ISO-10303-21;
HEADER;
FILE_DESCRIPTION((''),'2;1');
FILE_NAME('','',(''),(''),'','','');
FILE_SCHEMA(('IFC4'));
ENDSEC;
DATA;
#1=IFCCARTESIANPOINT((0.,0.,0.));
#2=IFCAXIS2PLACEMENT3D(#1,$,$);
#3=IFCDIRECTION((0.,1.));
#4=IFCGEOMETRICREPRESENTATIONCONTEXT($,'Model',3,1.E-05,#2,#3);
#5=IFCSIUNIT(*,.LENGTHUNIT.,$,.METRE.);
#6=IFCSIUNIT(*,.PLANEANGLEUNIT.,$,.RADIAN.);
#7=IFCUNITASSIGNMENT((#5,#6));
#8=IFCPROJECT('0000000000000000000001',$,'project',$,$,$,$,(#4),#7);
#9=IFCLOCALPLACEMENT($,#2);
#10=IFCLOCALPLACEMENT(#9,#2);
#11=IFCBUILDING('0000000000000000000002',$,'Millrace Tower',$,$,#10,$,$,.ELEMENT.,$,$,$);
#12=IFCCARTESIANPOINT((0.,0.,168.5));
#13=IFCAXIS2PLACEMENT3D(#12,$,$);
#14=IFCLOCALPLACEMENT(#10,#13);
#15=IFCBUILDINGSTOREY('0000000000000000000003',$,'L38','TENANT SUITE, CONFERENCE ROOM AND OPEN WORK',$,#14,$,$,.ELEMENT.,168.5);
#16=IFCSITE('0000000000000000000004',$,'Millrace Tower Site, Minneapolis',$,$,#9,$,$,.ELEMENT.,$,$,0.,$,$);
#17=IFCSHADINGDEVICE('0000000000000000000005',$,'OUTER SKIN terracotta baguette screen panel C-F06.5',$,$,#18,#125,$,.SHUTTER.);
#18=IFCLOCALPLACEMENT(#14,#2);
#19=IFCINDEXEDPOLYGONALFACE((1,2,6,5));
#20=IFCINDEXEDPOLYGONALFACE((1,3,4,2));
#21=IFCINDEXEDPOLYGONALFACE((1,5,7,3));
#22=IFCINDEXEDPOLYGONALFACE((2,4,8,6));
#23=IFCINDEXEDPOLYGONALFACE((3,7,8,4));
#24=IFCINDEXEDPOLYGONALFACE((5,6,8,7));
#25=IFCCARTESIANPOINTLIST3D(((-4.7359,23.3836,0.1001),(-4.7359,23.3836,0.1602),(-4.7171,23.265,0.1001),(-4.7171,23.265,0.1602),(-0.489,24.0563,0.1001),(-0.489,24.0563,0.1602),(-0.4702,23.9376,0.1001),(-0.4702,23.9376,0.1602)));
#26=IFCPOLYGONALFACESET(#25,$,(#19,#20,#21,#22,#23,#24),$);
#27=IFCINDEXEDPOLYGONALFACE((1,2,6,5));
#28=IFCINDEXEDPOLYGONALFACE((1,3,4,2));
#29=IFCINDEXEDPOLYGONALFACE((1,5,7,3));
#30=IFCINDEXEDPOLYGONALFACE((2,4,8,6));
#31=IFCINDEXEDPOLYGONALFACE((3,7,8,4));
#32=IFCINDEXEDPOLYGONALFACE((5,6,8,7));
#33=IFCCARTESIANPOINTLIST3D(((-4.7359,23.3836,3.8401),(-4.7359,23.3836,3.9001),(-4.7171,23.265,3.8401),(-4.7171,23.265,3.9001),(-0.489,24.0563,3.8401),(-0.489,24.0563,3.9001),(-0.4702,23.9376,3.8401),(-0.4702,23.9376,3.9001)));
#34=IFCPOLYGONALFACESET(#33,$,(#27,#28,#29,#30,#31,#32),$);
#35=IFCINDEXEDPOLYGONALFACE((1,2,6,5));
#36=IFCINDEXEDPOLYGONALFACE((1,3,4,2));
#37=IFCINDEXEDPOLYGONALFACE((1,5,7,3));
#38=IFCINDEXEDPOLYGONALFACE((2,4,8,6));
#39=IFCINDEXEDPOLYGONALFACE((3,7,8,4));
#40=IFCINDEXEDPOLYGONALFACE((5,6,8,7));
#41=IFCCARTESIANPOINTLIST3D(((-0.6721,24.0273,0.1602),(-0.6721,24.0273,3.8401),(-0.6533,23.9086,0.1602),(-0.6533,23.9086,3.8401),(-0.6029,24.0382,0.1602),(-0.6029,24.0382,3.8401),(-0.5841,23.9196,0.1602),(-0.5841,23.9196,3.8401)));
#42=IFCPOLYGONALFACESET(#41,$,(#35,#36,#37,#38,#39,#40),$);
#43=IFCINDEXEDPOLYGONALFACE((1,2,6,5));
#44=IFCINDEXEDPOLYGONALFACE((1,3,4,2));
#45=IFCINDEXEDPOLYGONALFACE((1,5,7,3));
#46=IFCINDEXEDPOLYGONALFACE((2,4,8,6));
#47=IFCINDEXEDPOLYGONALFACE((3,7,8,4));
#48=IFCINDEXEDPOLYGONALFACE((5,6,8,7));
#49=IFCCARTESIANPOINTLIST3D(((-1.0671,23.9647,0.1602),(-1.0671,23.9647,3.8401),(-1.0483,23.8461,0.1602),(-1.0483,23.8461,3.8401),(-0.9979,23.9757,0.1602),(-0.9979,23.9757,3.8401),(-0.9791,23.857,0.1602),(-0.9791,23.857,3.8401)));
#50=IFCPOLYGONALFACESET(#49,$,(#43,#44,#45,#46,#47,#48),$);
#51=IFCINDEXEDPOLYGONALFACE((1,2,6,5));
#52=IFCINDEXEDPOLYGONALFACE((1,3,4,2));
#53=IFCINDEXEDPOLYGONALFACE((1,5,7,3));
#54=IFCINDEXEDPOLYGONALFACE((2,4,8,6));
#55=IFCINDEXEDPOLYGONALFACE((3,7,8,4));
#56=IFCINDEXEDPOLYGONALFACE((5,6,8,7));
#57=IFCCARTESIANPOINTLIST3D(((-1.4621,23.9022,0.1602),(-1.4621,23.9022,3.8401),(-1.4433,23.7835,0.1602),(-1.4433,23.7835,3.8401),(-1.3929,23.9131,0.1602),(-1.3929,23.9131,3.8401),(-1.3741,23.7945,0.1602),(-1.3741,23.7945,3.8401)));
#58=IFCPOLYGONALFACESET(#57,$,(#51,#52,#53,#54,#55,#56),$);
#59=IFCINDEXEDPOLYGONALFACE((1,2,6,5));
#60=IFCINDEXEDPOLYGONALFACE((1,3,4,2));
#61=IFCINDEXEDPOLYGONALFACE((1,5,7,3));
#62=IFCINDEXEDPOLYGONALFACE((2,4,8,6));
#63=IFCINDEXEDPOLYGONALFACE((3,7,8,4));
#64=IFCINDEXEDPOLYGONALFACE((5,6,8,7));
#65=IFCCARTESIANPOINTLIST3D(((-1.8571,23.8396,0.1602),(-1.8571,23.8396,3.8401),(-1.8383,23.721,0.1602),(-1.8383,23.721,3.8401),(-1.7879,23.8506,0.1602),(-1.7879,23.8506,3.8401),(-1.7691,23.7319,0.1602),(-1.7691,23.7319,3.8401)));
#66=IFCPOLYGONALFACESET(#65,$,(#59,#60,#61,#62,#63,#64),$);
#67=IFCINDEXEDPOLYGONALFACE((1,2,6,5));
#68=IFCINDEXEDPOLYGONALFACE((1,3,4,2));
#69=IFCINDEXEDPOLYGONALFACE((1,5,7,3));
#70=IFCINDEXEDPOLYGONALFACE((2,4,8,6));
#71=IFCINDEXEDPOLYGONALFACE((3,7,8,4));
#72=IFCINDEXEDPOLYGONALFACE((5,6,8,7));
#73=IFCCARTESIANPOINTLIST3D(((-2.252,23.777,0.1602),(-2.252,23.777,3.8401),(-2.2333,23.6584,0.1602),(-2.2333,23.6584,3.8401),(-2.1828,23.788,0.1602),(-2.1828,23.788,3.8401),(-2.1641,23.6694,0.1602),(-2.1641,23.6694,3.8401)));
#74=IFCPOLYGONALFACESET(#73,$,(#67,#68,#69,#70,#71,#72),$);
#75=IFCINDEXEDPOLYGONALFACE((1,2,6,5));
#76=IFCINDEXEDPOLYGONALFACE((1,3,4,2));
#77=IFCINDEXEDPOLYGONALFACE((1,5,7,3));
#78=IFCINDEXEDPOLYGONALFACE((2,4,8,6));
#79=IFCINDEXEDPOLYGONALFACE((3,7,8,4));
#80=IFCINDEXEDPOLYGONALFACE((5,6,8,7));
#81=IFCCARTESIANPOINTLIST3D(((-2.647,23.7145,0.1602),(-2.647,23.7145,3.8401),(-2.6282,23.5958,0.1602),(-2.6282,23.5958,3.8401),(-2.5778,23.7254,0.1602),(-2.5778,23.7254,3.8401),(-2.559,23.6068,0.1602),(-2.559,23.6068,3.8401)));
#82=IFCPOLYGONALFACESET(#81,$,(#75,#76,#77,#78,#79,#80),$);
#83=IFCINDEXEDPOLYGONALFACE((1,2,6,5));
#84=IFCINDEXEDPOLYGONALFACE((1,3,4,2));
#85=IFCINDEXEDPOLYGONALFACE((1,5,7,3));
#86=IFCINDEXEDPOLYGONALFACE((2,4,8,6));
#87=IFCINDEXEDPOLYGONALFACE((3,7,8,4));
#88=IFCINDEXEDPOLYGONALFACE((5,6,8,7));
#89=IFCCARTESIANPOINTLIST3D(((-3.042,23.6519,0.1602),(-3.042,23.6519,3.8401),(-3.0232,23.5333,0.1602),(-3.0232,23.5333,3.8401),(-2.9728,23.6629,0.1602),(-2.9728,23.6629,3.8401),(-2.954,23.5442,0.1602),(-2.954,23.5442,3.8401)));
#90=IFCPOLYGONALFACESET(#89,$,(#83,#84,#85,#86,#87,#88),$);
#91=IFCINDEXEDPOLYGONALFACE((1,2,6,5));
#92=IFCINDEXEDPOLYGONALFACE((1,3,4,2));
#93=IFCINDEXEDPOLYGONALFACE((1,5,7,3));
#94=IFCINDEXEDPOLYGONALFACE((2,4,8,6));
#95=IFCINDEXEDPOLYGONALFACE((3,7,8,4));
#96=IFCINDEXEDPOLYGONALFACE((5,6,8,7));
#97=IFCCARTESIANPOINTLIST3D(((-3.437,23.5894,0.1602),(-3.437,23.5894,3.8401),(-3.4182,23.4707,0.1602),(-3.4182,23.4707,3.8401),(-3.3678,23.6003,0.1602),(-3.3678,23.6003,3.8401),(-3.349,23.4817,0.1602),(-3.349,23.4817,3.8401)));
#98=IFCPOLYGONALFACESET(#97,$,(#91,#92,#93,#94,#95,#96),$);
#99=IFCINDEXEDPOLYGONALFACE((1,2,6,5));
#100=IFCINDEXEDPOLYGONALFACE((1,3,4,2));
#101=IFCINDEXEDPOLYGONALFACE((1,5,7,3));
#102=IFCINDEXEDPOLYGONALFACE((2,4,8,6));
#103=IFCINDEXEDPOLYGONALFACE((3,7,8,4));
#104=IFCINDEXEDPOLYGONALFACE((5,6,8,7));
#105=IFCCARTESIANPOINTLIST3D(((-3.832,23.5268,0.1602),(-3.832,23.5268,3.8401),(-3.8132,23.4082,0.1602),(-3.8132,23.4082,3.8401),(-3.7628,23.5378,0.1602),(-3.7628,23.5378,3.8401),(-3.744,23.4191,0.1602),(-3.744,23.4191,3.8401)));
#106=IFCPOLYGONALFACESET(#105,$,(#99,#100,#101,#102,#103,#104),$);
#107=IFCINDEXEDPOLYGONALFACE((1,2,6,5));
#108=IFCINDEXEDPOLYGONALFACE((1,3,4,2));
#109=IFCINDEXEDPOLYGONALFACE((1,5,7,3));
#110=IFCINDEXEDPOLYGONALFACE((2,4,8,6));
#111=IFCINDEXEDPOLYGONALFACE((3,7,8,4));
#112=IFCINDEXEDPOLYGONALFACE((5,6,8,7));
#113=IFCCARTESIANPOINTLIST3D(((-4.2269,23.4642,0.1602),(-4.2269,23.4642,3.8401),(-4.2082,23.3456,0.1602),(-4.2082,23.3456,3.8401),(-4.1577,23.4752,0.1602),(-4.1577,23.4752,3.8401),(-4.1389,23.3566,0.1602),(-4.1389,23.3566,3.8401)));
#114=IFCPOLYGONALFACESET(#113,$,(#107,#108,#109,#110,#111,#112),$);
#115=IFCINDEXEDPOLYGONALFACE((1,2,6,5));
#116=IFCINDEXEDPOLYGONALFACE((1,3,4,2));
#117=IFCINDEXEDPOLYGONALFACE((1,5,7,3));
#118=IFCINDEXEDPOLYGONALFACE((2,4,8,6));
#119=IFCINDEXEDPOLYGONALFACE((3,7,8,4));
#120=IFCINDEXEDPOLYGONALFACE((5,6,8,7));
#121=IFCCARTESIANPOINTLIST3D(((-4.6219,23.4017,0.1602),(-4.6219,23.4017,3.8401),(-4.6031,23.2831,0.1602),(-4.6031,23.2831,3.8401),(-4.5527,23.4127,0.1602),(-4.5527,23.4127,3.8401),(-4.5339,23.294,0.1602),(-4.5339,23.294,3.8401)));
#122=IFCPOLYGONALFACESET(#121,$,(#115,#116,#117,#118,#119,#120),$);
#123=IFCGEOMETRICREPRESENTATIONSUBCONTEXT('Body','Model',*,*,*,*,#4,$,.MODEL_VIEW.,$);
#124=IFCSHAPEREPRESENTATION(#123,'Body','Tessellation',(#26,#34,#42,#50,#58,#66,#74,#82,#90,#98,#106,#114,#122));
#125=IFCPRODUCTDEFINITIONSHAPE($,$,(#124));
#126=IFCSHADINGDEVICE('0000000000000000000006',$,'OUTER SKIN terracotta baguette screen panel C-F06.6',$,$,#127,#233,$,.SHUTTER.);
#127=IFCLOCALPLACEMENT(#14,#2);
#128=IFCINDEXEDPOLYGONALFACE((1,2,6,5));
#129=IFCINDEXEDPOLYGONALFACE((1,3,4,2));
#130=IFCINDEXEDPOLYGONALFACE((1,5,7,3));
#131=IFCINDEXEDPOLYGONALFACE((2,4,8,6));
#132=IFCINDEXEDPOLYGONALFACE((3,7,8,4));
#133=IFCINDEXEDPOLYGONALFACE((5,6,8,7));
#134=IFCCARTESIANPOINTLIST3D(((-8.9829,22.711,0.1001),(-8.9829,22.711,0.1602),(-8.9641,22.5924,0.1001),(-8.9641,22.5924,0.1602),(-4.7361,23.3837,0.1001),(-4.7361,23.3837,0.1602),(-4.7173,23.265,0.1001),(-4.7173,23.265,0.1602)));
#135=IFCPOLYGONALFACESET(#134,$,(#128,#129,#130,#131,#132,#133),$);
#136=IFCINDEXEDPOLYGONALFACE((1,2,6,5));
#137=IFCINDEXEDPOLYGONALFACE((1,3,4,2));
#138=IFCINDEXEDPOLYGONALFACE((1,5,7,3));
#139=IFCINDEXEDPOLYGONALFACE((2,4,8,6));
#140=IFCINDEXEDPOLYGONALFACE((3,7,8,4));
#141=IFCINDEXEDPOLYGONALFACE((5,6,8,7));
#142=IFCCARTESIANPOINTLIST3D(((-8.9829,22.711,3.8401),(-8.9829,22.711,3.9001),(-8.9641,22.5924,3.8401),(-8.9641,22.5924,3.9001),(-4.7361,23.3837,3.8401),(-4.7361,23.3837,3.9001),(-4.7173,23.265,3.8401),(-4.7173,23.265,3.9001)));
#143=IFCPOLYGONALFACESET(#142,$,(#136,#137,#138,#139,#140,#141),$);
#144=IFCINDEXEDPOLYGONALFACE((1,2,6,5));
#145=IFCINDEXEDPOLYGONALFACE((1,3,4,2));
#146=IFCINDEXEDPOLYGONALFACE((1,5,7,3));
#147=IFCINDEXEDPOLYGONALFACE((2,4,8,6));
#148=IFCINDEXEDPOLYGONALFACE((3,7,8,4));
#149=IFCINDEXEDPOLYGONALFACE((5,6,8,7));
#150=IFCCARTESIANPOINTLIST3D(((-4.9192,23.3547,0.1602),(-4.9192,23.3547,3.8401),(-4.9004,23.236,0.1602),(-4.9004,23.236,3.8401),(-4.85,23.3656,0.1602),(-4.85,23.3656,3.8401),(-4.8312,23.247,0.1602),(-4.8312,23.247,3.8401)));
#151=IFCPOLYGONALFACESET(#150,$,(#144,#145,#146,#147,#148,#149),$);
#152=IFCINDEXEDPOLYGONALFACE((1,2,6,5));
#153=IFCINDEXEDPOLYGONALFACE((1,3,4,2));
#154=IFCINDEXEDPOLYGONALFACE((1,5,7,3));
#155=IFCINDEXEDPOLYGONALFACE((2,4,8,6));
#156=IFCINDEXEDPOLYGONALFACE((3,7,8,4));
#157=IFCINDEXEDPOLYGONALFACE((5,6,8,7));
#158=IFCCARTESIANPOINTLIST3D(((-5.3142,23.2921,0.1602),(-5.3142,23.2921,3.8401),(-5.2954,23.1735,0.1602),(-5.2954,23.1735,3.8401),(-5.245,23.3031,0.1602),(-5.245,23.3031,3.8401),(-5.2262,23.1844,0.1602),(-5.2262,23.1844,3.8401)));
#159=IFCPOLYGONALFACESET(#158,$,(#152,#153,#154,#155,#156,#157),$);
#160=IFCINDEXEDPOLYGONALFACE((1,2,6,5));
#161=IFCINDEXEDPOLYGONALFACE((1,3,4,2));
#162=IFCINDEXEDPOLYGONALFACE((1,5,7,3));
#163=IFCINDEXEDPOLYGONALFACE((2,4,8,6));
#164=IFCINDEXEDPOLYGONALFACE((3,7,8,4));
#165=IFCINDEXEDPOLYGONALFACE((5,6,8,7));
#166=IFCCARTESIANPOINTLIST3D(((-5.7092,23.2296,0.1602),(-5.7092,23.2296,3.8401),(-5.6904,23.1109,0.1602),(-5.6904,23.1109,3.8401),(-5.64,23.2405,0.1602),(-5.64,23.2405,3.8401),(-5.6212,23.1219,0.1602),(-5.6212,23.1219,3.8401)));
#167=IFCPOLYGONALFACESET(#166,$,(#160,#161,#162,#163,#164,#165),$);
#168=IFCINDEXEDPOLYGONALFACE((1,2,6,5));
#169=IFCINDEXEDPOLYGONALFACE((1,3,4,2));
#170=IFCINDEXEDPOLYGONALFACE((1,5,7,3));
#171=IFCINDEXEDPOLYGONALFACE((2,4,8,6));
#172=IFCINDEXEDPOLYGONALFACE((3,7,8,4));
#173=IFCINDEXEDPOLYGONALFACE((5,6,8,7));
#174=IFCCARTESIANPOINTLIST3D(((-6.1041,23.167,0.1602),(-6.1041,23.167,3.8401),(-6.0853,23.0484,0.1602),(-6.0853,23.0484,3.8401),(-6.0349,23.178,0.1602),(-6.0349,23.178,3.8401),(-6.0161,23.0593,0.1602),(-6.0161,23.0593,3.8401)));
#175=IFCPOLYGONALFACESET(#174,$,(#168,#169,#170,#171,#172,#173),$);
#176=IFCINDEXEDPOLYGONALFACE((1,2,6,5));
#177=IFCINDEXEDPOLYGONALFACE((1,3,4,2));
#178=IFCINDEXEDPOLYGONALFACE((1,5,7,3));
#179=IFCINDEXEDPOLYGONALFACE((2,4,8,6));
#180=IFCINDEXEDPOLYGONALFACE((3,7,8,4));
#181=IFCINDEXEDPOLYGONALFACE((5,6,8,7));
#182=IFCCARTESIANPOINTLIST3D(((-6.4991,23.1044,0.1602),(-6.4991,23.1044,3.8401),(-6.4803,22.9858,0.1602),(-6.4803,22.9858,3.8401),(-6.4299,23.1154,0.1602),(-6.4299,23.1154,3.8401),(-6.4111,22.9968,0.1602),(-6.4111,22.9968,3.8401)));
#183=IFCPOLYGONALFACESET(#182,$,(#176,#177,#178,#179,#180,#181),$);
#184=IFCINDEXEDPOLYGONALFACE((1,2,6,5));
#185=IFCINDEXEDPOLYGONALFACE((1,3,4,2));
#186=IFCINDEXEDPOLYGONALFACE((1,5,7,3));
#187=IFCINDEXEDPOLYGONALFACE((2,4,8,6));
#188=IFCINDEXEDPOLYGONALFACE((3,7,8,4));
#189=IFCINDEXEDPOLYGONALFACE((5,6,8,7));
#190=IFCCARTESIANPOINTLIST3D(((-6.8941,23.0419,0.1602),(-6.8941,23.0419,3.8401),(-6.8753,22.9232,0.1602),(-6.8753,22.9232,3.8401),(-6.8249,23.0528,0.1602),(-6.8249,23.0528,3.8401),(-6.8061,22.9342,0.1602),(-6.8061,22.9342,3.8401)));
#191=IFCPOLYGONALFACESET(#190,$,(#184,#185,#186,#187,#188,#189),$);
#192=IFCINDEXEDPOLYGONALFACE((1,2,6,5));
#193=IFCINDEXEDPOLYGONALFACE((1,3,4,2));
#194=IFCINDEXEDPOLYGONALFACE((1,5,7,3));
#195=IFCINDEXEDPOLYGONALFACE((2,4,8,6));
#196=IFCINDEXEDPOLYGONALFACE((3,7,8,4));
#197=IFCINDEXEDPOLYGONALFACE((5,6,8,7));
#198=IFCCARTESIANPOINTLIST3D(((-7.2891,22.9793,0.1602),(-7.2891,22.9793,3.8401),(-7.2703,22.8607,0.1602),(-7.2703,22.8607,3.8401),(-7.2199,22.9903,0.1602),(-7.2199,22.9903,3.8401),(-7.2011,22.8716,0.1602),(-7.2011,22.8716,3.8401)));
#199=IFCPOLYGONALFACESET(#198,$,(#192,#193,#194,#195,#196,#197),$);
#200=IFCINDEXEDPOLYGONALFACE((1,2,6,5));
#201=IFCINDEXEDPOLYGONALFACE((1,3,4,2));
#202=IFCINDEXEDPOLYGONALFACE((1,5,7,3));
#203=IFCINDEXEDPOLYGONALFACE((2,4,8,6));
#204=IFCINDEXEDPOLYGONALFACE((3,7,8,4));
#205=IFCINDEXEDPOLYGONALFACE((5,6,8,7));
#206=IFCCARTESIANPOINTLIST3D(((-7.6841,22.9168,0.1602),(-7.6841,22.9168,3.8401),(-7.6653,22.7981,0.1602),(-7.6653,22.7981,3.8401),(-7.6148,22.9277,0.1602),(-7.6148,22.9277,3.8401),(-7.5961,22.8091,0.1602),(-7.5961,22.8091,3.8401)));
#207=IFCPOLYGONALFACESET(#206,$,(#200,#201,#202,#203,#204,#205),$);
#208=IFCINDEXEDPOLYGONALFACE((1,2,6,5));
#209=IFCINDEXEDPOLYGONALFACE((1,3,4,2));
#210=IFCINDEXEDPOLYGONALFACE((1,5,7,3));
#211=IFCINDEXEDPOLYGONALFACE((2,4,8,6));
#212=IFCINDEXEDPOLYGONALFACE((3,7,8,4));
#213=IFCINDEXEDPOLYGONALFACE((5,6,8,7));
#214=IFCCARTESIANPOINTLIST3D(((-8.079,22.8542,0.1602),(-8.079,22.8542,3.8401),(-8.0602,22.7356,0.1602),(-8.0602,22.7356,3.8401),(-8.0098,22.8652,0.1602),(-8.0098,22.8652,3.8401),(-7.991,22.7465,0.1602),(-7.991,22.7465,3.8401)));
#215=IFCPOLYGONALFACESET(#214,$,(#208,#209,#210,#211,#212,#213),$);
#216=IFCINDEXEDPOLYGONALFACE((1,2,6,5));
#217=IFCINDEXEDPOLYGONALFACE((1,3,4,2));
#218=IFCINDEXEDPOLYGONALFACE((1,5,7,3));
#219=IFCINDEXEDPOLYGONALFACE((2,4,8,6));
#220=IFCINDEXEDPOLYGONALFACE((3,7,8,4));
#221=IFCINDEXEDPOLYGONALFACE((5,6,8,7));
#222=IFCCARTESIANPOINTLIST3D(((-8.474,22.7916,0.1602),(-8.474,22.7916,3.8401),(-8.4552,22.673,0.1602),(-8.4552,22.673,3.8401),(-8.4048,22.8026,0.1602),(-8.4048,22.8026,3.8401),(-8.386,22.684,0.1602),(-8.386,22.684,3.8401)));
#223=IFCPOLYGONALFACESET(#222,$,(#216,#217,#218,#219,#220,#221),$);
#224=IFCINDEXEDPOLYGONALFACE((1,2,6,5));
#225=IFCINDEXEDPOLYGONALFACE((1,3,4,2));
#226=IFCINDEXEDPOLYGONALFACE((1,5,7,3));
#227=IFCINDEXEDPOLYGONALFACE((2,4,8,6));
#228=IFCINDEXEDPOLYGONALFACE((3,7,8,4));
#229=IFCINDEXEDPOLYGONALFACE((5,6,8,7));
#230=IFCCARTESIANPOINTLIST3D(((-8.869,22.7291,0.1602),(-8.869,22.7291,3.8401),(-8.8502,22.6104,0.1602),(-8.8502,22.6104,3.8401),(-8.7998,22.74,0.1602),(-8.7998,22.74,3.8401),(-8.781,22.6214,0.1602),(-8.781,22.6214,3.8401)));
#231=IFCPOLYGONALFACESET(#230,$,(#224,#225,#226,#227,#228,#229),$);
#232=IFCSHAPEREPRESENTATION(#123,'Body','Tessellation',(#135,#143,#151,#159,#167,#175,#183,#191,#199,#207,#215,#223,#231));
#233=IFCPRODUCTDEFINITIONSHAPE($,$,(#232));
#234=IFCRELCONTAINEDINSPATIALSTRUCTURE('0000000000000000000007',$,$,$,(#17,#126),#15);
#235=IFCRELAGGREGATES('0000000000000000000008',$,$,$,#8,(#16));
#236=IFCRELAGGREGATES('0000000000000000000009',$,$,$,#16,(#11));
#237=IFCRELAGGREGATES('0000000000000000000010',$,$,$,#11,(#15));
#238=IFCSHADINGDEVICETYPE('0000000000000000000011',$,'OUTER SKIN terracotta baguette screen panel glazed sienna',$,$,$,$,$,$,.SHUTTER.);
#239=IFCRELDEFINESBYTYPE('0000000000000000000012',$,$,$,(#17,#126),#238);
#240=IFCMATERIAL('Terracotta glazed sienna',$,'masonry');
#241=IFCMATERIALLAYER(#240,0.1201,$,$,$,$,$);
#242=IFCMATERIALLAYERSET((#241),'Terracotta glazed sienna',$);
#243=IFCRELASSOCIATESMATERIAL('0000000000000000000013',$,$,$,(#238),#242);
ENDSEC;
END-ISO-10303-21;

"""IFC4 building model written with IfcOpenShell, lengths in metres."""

from ifc_helpers import new_model, entity, si_unit, direction, frame, frame_2d, origin, origin_2d, place, context, subcontext, project, spatial, rectangle, extrude, source, transform, mapped, material, layer, layer_set, type_object, element, save


model = new_model("IFC4")

# Units and contexts
model_context = context("Model", 3, precision=1e-05, world=origin(), true_north=direction((0.0, 1.0)))
body_context = subcontext(model_context, "Body", "Model", "MODEL_VIEW")
ifc_project = project(units=[si_unit("LENGTHUNIT", "METRE"), si_unit("PLANEANGLEUNIT", "RADIAN")], contexts=[model_context])

# Site, building, storey
site_placement = place(None, origin())
site = spatial("IfcSite", under=ifc_project, at=site_placement, Name="Millrace Tower Site, Minneapolis", CompositionType="ELEMENT", RefElevation=0.0)
building_placement = place(site_placement, origin())
building = spatial("IfcBuilding", under=site, at=building_placement, Name="Millrace Tower", CompositionType="ELEMENT")
storey_placement = place(building_placement, frame((0.0, 0.0, 168.5)))
storey = spatial("IfcBuildingStorey", under=building, at=storey_placement, Name="L38", Description="TENANT SUITE, CONFERENCE ROOM AND OPEN WORK", CompositionType="ELEMENT", Elevation=168.5)

# Shading devices
ifc_material_1 = material(Name="Terracotta glazed sienna", Category="masonry")
ifc_layer_1 = layer(ifc_material_1, 0.1201)
ifc_layer_set_1 = layer_set([ifc_layer_1], Name="Terracotta glazed sienna")
shading_device_type = type_object("IfcShadingDeviceType", Name="OUTER SKIN terracotta baguette screen panel glazed sienna", PredefinedType="SHUTTER", material=ifc_layer_set_1)
cartesian_point = entity("IfcCartesianPoint", [-2.1499, 0.0601])
shared_polyline = entity("IfcPolyline", [cartesian_point, entity("IfcCartesianPoint", [2.1499, 0.0601]), entity("IfcCartesianPoint", [2.1499, -0.0601]), entity("IfcCartesianPoint", [-2.1499, -0.0601]), cartesian_point])
shared_shape = source(origin(), body_context, "Body", "SweptSolid", [
    entity("IfcExtrudedAreaSolid", entity("IfcArbitraryClosedProfileDef", "AREA", None, shared_polyline), entity("IfcAxis2Placement3D", entity("IfcCartesianPoint", [0.0, 0.0, 0.0])), entity("IfcDirection", [0.0, 0.0, 1.0]), 0.0601),
    entity("IfcExtrudedAreaSolid", entity("IfcArbitraryClosedProfileDef", "AREA", None, shared_polyline), entity("IfcAxis2Placement3D", entity("IfcCartesianPoint", [0.0, 0.0, 3.74])), entity("IfcDirection", [0.0, 0.0, 1.0]), 0.0601),
    extrude(rectangle(XDim=0.0701, YDim=0.1201, at=frame_2d((-1.9995, 0.0))), frame((0.0, 0.0, 0.0601)), (0.0, 0.0, 1.0), 3.6799),
    extrude(rectangle(XDim=0.0701, YDim=0.1201, at=frame_2d((-1.5996, 0.0))), frame((0.0, 0.0, 0.0601)), (0.0, 0.0, 1.0), 3.6799),
    extrude(rectangle(XDim=0.0701, YDim=0.1201, at=frame_2d((-1.1997, 0.0))), frame((0.0, 0.0, 0.0601)), (0.0, 0.0, 1.0), 3.6799),
    extrude(rectangle(XDim=0.0701, YDim=0.1201, at=frame_2d((-0.7998, 0.0))), frame((0.0, 0.0, 0.0601)), (0.0, 0.0, 1.0), 3.6799),
    extrude(rectangle(XDim=0.0701, YDim=0.1201, at=frame_2d((-0.3999, 0.0))), frame((0.0, 0.0, 0.0601)), (0.0, 0.0, 1.0), 3.6799),
    extrude(rectangle(XDim=0.0701, YDim=0.1201, at=origin_2d()), frame((0.0, 0.0, 0.0601)), (0.0, 0.0, 1.0), 3.6799),
    extrude(rectangle(XDim=0.0701, YDim=0.1201, at=frame_2d((0.3999, 0.0))), frame((0.0, 0.0, 0.0601)), (0.0, 0.0, 1.0), 3.6799),
    extrude(rectangle(XDim=0.0701, YDim=0.1201, at=frame_2d((0.7998, 0.0))), frame((0.0, 0.0, 0.0601)), (0.0, 0.0, 1.0), 3.6799),
    extrude(rectangle(XDim=0.0701, YDim=0.1201, at=frame_2d((1.1997, 0.0))), frame((0.0, 0.0, 0.0601)), (0.0, 0.0, 1.0), 3.6799),
    extrude(rectangle(XDim=0.0701, YDim=0.1201, at=frame_2d((1.5996, 0.0))), frame((0.0, 0.0, 0.0601)), (0.0, 0.0, 1.0), 3.6799),
    extrude(rectangle(XDim=0.0701, YDim=0.1201, at=frame_2d((1.9995, 0.0))), frame((0.0, 0.0, 0.0601)), (0.0, 0.0, 1.0), 3.6799),
])
for number, where, z_axis, x_axis, name in (
    (1, (-2.603, 23.6606, 0.1001), (0.0, 0.0, 1.0), (-0.987688, -0.156434, 0.0), "OUTER SKIN terracotta baguette screen panel C-F06.5"),
    (2, (-6.8501, 22.988, 0.1001), (0.0, 0.0, 1.0), (-0.987688, -0.156434, 0.0), "OUTER SKIN terracotta baguette screen panel C-F06.6"),
):
    element("IfcShadingDevice", number, at=place(storey_placement, frame(where, z_axis=z_axis, x_axis=x_axis)), inside=storey, type_object=shading_device_type, Name=name, PredefinedType="SHUTTER", context=body_context, shape_type="MappedRepresentation", body=[
        mapped(shared_shape, transform((0.0, 0.0, 0.0), scale=1.0)),
    ])

save(model, "model.ifc")
